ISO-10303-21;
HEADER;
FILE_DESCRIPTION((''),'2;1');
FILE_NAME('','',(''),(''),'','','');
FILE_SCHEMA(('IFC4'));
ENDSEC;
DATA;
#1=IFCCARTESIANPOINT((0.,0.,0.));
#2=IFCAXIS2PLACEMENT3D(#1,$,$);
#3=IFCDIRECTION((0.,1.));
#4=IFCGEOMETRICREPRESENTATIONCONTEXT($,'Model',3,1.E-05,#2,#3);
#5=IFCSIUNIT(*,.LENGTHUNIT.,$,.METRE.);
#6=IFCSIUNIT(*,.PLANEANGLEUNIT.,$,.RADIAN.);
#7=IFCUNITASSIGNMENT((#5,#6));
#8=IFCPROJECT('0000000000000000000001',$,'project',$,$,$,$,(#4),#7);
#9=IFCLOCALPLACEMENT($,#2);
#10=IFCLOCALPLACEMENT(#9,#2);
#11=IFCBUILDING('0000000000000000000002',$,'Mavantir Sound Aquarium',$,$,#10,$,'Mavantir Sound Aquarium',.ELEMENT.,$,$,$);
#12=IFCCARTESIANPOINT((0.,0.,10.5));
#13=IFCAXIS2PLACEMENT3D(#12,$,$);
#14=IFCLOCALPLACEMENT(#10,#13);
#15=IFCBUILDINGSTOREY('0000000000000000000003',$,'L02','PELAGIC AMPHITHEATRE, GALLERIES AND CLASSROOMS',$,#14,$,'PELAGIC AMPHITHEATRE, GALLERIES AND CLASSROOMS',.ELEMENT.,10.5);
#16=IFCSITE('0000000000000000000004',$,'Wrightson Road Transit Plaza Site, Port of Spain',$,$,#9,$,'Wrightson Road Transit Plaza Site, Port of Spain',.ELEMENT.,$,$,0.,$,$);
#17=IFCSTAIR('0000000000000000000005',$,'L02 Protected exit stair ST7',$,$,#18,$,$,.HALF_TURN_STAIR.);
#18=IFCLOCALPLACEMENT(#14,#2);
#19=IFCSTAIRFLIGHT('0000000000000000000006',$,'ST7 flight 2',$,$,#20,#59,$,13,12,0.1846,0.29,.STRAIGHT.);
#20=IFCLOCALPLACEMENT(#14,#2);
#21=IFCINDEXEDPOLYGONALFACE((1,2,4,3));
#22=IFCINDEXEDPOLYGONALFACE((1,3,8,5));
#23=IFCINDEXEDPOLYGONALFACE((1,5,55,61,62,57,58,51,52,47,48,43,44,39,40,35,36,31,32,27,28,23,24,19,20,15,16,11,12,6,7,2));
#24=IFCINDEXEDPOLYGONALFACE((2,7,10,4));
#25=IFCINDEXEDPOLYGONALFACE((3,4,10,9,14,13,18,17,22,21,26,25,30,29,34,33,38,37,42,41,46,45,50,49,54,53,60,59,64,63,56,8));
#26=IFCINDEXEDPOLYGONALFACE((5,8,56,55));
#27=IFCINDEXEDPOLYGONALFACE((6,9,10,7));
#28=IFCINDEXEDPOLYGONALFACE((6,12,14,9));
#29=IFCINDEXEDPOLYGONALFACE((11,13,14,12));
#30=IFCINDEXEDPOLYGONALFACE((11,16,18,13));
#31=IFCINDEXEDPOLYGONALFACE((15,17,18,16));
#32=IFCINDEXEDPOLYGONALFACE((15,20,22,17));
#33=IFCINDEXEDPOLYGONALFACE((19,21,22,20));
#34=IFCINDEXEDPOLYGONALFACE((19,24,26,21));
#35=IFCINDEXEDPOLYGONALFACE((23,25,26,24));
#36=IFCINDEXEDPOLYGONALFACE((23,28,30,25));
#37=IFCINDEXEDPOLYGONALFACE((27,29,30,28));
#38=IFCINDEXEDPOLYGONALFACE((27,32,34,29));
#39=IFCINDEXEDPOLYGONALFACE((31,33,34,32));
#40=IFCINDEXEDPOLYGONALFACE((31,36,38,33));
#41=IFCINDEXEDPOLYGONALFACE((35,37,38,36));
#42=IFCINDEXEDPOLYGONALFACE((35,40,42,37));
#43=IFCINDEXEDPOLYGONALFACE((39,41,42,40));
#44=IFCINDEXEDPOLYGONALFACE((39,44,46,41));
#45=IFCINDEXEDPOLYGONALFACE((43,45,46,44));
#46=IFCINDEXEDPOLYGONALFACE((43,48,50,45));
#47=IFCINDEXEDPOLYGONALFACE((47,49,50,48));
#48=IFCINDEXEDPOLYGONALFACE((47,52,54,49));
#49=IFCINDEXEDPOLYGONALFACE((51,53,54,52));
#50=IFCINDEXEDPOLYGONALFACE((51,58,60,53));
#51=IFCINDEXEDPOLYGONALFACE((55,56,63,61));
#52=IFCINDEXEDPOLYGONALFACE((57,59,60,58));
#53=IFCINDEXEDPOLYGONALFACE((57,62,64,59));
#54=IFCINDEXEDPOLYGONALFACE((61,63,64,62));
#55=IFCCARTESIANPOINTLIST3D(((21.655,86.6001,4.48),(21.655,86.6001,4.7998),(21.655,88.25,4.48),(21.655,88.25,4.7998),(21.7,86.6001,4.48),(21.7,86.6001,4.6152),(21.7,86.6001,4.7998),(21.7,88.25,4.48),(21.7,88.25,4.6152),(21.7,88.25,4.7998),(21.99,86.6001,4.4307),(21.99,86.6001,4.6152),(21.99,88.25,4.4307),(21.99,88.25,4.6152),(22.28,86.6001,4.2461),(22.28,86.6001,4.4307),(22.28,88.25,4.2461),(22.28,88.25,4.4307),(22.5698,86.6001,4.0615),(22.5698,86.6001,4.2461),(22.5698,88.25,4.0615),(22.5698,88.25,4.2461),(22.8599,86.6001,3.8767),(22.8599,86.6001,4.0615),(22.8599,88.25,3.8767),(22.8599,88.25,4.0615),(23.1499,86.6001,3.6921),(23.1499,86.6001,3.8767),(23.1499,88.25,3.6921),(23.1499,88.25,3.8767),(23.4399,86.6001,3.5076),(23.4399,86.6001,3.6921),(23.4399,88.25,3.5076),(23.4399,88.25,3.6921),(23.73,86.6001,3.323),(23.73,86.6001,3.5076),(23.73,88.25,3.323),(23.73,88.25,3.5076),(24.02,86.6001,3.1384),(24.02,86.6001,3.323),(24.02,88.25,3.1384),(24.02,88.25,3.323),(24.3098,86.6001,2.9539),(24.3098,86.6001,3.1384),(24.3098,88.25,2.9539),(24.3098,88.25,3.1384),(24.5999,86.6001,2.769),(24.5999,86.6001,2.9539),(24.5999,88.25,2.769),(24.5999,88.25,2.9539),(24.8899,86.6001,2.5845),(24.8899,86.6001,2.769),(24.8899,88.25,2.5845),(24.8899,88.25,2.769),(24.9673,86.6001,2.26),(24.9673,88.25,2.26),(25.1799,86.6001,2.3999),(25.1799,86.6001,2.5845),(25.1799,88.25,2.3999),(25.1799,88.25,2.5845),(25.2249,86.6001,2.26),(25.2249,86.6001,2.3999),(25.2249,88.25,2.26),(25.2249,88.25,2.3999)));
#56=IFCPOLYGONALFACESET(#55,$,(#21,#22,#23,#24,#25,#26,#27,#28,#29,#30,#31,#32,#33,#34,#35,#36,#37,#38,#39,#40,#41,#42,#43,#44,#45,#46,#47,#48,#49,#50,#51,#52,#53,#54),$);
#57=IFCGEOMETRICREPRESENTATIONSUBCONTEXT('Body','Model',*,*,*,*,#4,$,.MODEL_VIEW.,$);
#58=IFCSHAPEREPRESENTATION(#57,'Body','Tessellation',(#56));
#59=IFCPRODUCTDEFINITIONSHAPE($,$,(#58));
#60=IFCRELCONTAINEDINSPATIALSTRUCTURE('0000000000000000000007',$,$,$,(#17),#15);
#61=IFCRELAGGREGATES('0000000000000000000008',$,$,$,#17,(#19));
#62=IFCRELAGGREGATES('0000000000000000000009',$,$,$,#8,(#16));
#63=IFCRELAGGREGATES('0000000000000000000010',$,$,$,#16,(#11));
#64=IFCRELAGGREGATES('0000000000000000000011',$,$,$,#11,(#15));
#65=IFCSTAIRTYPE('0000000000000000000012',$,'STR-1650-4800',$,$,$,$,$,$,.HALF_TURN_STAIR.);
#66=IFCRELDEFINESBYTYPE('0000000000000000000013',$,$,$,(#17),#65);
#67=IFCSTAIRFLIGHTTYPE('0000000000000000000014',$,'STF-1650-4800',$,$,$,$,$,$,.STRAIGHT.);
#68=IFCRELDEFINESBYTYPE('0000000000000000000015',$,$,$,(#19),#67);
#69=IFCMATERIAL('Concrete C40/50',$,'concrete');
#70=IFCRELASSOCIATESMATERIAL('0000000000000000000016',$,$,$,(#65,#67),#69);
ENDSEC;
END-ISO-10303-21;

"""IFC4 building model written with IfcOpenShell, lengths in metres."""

from ifc_helpers import new_model, si_unit, direction, frame, origin, place, context, subcontext, project, spatial, polyline, outline, extrude, material, type_object, element, aggregate, save


model = new_model("IFC4")

# Units and contexts
model_context = context("Model", 3, precision=1e-05, world=origin(), true_north=direction((0.0, 1.0)))
body_context = subcontext(model_context, "Body", "Model", "MODEL_VIEW")
ifc_project = project(units=[si_unit("LENGTHUNIT", "METRE"), si_unit("PLANEANGLEUNIT", "RADIAN")], contexts=[model_context])

# Site, building, storey
site_placement = place(None, origin())
site = spatial("IfcSite", under=ifc_project, at=site_placement, Name="Wrightson Road Transit Plaza Site, Port of Spain", LongName="Wrightson Road Transit Plaza Site, Port of Spain", CompositionType="ELEMENT", RefElevation=0.0)
building_placement = place(site_placement, origin())
building = spatial("IfcBuilding", under=site, at=building_placement, Name="Mavantir Sound Aquarium", LongName="Mavantir Sound Aquarium", CompositionType="ELEMENT")
storey_placement = place(building_placement, frame((0.0, 0.0, 10.5)))
storey = spatial("IfcBuildingStorey", under=building, at=storey_placement, Name="L02", Description="PELAGIC AMPHITHEATRE, GALLERIES AND CLASSROOMS", LongName="PELAGIC AMPHITHEATRE, GALLERIES AND CLASSROOMS", CompositionType="ELEMENT", Elevation=10.5)

# Shared definitions
ifc_material_1 = material(Name="Concrete C40/50", Category="concrete")

# Stair, stair flight
stair_type = type_object("IfcStairType", Name="STR-1650-4800", PredefinedType="HALF_TURN_STAIR", material=ifc_material_1)
stair_flight_type = type_object("IfcStairFlightType", Name="STF-1650-4800", PredefinedType="STRAIGHT", material=ifc_material_1)
stair_1_placement = place(storey_placement, origin())
stair_1 = element("IfcStair", 1, at=stair_1_placement, inside=storey, type_object=stair_type, Name="L02 Protected exit stair ST7", PredefinedType="HALF_TURN_STAIR")
stair_flight_1_placement = place(storey_placement, frame((25.1799, 87.425, 2.3999), z_axis=(0.0, 0.0, 1.0), x_axis=(-1.0, 0.0, 0.0)))
stair_flight_1 = element("IfcStairFlight", 2, at=stair_flight_1_placement, type_object=stair_flight_type, Name="ST7 flight 2", NumberOfRisers=13, NumberOfTreads=12, PredefinedType="STRAIGHT", RiserHeight=0.1846, TreadLength=0.29, context=body_context, shape_type="SweptSolid", body=[
    extrude(outline(polyline([(-0.0449, -0.1399), (-0.0449, 0.0), (0.0, 0.0), (0.0, 0.1846), (0.29, 0.1846), (0.29, 0.3691), (0.5801, 0.3691), (0.5801, 0.554), (0.8701, 0.554), (0.8701, 0.7385), (1.1599, 0.7385), (1.1599, 0.9231), (1.45, 0.9231), (1.45, 1.1077), (1.74, 1.1077), (1.74, 1.2922), (2.03, 1.2922), (2.03, 1.4768), (2.3201, 1.4768), (2.3201, 1.6616), (2.6101, 1.6616), (2.6101, 1.8462), (2.8999, 1.8462), (2.8999, 2.0308), (3.1899, 2.0308), (3.1899, 2.2153), (3.48, 2.2153), (3.48, 2.3999), (3.5249, 2.3999), (3.5249, 2.0801), (3.48, 2.0801), (0.2126, -0.1399), (-0.0449, -0.1399)])), frame((0.0, 0.825, 0.0), z_axis=(0.0, -1.0, 0.0), x_axis=(1.0, 0.0, 0.0)), (0.0, 0.0, 1.0), 1.6499),
])
aggregate(stair_1, [stair_flight_1])

save(model, "model.ifc")
